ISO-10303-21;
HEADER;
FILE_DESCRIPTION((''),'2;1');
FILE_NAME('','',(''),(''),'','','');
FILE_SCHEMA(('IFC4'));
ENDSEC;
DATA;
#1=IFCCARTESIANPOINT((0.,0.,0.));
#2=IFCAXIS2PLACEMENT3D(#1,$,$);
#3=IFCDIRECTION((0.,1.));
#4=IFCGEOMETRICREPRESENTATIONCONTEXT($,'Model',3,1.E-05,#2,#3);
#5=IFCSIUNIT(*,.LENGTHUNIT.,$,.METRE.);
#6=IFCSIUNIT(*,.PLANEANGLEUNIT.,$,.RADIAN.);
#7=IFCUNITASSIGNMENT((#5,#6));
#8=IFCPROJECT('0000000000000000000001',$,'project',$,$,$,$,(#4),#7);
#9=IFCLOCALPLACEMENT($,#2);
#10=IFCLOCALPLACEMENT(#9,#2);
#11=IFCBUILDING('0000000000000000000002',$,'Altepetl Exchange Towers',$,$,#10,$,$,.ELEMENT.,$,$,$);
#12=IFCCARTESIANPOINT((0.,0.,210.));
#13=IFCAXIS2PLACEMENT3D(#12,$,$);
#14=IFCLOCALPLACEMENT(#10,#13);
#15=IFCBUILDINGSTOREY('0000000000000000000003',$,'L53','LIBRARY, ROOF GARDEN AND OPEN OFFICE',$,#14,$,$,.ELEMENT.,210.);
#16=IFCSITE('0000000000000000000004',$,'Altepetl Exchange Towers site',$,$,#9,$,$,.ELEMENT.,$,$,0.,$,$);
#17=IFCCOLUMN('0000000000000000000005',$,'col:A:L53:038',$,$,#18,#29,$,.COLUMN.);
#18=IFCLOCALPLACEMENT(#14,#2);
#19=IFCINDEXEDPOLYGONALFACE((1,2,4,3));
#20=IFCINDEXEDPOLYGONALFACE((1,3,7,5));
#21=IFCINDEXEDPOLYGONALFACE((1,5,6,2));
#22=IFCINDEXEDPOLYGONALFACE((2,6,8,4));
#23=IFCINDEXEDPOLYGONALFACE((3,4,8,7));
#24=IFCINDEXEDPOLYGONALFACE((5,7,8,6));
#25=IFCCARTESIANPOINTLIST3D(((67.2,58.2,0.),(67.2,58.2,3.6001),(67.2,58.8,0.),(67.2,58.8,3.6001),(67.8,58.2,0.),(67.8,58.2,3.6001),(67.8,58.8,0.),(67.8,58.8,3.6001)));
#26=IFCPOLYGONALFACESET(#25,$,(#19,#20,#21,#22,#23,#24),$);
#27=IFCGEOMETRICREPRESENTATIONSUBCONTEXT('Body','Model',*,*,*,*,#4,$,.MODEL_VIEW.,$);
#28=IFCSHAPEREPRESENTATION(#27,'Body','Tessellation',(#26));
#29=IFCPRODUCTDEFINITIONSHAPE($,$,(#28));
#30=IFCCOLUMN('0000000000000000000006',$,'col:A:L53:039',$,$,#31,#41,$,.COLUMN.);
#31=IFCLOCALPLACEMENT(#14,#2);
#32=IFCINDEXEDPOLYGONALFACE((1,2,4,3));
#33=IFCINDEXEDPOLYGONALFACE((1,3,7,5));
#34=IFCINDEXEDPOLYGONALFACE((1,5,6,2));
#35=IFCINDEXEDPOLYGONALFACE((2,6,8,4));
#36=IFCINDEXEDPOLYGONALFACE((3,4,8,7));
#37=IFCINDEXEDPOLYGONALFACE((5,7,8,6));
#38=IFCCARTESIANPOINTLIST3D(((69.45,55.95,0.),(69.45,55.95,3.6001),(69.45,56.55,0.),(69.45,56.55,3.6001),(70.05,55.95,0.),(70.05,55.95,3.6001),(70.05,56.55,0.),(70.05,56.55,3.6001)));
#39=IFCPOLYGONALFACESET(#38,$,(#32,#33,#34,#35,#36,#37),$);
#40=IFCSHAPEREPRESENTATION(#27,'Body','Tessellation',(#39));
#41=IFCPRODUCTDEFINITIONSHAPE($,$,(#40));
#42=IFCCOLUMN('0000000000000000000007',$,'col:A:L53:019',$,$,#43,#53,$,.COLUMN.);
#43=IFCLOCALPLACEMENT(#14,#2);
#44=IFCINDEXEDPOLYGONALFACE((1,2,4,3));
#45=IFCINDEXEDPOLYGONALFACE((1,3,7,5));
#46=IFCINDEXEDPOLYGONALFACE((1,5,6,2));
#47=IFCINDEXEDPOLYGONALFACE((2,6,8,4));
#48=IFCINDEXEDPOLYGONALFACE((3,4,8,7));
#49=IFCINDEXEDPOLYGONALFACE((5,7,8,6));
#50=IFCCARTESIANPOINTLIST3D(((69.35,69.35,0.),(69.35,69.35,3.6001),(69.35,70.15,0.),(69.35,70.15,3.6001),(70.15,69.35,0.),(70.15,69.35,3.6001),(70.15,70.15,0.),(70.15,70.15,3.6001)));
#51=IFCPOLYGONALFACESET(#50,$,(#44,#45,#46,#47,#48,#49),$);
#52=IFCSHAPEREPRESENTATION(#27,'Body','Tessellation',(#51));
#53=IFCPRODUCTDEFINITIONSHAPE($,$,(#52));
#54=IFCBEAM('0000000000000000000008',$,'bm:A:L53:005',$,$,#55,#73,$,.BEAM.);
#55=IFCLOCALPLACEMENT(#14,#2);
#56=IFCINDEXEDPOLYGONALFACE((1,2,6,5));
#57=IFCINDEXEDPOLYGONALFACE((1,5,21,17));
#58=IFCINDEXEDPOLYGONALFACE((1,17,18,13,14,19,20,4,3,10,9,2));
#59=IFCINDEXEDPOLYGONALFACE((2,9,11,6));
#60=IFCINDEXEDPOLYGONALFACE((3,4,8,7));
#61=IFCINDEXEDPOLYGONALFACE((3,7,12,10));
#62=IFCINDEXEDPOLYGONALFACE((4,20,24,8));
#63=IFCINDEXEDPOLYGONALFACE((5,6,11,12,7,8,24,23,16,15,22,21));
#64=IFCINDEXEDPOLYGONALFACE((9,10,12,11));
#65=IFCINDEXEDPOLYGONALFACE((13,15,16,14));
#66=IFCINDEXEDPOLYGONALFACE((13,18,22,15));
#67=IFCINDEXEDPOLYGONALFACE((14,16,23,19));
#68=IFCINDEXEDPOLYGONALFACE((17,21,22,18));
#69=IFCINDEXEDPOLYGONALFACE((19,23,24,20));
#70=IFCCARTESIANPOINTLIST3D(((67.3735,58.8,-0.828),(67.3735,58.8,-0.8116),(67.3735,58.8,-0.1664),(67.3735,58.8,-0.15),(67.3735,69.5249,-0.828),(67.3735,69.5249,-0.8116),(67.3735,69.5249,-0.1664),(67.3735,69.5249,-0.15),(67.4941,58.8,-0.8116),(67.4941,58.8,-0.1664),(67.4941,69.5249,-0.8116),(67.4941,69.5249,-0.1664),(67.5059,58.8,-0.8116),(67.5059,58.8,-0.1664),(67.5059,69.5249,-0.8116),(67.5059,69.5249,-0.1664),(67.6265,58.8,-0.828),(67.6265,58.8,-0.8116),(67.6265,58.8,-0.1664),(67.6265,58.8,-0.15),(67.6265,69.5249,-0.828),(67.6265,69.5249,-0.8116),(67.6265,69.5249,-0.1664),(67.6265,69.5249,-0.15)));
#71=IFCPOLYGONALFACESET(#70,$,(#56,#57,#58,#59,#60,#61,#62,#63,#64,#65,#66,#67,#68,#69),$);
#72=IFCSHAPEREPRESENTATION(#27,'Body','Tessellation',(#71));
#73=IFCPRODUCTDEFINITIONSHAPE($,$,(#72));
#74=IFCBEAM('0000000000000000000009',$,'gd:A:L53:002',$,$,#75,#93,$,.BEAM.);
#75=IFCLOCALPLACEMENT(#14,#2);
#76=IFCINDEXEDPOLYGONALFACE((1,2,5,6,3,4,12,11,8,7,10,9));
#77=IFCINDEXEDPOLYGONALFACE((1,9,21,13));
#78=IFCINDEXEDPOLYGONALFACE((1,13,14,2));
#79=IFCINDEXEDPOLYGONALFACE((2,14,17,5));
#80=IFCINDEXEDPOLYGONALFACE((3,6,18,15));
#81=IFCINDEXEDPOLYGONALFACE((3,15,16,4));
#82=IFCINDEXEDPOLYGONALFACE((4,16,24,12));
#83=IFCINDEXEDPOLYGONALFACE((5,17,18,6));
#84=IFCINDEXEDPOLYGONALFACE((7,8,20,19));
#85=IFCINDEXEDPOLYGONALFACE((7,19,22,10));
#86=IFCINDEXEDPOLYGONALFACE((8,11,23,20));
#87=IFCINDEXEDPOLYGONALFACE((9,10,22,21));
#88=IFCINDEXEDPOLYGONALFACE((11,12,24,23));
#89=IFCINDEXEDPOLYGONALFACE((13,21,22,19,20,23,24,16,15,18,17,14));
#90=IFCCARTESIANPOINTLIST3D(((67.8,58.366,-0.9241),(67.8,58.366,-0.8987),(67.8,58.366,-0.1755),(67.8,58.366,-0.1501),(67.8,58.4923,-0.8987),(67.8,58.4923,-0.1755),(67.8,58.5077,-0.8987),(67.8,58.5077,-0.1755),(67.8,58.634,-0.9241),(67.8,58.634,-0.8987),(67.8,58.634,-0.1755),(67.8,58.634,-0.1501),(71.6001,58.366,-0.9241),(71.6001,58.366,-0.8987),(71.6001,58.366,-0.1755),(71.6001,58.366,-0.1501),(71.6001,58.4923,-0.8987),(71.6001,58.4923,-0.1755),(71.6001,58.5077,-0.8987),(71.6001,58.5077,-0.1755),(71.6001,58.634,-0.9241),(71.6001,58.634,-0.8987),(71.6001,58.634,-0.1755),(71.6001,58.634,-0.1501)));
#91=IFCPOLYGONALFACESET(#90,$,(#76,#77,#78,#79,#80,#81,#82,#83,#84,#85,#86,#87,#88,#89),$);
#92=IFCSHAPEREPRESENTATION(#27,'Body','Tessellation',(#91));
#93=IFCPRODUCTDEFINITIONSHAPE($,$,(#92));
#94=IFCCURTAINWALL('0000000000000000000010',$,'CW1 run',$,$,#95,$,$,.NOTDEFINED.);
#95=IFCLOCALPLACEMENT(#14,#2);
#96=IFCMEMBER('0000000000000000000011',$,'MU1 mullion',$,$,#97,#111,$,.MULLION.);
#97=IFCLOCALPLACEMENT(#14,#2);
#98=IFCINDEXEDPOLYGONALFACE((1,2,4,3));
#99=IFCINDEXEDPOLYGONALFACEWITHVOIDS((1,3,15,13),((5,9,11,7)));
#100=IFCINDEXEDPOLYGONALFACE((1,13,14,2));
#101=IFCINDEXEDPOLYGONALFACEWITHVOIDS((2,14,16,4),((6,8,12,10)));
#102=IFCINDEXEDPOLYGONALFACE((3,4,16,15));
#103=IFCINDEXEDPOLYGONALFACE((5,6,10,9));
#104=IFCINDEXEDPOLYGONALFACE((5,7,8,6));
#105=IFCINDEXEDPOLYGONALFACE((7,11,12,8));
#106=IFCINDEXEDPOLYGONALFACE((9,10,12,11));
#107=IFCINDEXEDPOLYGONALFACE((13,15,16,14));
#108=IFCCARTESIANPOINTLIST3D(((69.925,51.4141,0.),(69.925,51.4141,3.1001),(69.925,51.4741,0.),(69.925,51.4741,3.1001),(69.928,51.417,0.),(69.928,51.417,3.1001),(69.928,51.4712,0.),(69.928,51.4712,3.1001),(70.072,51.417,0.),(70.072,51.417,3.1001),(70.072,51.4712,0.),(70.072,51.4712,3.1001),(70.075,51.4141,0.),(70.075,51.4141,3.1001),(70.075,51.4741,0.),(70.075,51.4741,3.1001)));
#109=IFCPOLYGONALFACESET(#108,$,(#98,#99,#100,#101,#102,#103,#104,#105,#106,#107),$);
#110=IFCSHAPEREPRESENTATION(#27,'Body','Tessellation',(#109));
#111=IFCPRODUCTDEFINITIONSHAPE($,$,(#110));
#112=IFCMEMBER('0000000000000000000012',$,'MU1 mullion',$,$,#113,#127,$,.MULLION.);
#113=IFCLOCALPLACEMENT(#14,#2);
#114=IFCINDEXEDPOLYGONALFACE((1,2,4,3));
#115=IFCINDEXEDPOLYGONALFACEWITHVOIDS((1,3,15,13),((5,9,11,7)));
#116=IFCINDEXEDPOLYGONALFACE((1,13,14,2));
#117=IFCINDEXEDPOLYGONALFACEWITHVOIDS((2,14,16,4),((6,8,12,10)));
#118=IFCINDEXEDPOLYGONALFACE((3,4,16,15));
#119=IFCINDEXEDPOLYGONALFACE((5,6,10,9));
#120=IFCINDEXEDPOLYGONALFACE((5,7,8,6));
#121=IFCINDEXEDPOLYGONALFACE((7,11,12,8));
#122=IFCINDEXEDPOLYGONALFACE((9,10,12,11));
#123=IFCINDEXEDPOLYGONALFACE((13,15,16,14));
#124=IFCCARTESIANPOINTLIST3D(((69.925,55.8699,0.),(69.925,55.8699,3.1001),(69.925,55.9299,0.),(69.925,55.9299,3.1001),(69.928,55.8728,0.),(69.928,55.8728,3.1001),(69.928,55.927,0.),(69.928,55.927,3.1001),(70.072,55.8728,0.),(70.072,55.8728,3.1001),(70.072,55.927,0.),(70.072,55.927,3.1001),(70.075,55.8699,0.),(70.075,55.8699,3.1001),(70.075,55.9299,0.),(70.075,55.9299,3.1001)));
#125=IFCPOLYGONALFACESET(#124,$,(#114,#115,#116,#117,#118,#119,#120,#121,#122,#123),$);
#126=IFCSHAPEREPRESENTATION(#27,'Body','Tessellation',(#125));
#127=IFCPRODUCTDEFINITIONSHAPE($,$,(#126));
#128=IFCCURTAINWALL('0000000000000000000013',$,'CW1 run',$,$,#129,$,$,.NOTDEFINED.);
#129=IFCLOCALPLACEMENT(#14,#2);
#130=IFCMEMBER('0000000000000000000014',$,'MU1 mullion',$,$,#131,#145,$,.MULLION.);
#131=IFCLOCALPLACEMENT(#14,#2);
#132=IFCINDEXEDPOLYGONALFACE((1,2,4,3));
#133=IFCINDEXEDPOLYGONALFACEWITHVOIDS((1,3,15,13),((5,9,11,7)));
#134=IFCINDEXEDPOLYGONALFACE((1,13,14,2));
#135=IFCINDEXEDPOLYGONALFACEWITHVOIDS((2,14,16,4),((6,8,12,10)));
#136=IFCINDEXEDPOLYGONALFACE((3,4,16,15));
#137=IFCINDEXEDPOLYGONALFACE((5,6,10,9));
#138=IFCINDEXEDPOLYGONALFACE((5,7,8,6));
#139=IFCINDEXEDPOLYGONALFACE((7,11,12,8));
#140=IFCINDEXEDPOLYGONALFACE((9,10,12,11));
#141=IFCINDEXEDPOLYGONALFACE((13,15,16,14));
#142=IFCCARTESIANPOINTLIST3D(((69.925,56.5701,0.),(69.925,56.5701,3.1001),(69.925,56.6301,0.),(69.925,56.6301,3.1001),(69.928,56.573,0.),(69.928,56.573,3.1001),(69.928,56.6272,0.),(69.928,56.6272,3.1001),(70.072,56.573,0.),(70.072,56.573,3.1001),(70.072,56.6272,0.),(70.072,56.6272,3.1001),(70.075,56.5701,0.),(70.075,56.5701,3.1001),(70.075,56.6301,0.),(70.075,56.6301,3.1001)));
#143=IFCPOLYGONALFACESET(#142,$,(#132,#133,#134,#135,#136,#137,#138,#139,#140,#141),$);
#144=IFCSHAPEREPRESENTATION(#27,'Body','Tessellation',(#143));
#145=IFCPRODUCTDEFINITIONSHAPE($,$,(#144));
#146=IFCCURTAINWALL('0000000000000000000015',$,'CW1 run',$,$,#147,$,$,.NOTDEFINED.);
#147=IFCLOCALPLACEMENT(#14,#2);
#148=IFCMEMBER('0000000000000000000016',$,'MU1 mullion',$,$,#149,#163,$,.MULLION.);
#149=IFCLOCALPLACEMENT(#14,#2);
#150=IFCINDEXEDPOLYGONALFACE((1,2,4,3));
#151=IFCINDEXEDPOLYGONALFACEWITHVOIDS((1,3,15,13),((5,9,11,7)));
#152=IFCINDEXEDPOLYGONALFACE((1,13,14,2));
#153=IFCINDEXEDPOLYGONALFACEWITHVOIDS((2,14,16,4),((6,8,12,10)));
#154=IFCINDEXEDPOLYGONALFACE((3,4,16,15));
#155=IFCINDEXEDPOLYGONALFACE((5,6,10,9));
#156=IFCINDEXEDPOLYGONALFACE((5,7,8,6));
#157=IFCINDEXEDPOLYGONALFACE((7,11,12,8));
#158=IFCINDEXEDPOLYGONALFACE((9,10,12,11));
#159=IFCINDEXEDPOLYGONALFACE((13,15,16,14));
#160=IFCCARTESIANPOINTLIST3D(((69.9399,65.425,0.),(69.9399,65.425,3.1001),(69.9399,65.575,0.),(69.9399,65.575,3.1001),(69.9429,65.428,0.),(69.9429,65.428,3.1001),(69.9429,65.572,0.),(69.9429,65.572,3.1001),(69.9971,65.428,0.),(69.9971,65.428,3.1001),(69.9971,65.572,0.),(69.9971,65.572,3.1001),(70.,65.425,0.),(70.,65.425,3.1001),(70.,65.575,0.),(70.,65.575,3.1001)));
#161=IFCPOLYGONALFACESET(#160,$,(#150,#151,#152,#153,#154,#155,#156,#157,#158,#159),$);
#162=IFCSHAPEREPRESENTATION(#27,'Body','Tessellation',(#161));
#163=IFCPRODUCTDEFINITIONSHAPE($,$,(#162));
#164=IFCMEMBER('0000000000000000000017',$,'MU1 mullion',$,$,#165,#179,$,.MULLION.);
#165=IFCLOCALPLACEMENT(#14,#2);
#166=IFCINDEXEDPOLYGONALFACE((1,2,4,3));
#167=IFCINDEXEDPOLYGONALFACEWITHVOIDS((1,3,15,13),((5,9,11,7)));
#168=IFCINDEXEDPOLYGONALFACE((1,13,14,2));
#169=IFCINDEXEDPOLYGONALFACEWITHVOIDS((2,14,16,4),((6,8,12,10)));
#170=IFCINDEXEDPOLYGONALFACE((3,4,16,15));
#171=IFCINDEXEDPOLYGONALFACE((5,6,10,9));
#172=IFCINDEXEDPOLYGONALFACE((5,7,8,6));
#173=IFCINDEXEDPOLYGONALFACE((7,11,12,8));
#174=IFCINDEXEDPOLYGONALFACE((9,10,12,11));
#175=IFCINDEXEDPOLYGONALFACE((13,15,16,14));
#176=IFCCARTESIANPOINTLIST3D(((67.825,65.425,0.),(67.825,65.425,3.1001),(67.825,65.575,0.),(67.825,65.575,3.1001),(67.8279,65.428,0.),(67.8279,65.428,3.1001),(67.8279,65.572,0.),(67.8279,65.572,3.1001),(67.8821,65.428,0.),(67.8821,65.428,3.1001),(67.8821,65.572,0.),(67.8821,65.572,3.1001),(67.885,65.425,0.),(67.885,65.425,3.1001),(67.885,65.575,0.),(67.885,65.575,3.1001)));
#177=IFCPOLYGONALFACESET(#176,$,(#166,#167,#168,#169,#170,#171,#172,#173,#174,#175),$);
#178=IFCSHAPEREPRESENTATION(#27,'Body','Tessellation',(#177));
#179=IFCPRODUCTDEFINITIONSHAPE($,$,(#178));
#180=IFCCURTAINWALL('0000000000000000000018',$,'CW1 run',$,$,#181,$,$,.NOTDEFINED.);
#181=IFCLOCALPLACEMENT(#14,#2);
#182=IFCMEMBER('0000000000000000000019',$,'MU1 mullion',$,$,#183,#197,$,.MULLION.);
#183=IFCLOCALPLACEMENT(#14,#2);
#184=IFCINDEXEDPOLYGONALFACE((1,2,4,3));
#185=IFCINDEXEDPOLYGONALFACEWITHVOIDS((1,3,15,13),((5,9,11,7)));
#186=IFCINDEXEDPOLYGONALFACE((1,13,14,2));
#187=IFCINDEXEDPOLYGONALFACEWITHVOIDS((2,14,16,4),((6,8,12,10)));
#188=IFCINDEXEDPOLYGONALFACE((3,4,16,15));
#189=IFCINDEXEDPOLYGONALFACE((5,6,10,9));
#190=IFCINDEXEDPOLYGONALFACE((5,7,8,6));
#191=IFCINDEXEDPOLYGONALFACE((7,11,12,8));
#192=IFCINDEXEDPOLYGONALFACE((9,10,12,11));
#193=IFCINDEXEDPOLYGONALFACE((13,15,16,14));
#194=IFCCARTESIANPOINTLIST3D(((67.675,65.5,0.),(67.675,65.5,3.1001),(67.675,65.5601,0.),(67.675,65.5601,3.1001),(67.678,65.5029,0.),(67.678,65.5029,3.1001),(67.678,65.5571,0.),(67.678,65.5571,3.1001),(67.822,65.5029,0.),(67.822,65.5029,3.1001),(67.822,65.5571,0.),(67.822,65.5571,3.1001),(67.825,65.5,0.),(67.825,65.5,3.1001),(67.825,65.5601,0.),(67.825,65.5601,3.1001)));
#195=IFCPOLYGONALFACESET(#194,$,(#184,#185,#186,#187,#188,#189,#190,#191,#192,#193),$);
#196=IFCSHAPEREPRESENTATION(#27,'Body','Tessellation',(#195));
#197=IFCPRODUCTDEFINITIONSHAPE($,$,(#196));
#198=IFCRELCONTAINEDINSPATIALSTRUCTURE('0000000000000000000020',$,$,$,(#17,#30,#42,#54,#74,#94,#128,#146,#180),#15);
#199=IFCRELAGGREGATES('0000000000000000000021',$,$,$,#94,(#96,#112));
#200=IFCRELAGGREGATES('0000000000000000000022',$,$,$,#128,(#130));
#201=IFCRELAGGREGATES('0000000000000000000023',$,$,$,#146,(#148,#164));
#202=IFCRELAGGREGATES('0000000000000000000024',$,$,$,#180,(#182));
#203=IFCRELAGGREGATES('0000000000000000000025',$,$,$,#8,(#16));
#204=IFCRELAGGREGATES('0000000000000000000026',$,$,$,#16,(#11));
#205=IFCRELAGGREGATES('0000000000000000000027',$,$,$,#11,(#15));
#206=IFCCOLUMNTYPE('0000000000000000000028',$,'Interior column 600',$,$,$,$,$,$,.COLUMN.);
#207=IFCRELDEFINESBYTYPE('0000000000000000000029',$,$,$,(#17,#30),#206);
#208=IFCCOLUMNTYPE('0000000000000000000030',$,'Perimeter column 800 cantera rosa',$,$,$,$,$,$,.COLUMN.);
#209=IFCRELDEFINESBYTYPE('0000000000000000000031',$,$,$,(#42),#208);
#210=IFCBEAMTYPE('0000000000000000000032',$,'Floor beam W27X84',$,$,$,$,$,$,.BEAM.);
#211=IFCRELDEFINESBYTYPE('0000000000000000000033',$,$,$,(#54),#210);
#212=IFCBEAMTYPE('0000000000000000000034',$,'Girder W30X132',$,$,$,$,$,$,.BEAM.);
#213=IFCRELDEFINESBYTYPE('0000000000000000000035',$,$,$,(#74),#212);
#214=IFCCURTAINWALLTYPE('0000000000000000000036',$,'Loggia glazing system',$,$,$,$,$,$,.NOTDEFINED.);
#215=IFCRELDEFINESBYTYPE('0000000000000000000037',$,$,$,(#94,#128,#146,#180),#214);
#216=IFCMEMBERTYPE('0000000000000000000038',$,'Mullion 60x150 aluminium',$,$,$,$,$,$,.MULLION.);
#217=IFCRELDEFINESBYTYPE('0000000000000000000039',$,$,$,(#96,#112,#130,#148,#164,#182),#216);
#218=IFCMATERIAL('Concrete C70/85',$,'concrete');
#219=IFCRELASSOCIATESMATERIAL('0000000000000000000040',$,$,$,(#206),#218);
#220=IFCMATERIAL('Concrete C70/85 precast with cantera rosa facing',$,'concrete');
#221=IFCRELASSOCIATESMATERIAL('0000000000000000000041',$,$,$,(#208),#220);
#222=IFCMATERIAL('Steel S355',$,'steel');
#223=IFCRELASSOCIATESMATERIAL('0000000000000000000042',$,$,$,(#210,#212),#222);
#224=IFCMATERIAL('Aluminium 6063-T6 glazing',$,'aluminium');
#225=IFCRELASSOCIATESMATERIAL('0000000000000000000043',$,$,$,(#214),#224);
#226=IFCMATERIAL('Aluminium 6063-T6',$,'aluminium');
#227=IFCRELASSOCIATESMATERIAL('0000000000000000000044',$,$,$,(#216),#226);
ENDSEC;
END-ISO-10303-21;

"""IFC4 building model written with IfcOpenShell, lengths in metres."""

from ifc_helpers import new_model, si_unit, direction, frame, origin, origin_2d, place, context, subcontext, project, spatial, rectangle, hollow_rectangle, i_section, extrude, material, material_profile, profile_set, type_object, element, aggregate, save


model = new_model("IFC4")

# Units and contexts
model_context = context("Model", 3, precision=1e-05, world=origin(), true_north=direction((0.0, 1.0)))
body_context = subcontext(model_context, "Body", "Model", "MODEL_VIEW")
ifc_project = project(units=[si_unit("LENGTHUNIT", "METRE"), si_unit("PLANEANGLEUNIT", "RADIAN")], contexts=[model_context])

# Site, building, storey
site_placement = place(None, origin())
site = spatial("IfcSite", under=ifc_project, at=site_placement, Name="Altepetl Exchange Towers site", CompositionType="ELEMENT", RefElevation=0.0)
building_placement = place(site_placement, origin())
building = spatial("IfcBuilding", under=site, at=building_placement, Name="Altepetl Exchange Towers", CompositionType="ELEMENT")
storey_placement = place(building_placement, frame((0.0, 0.0, 210.0)))
storey = spatial("IfcBuildingStorey", under=building, at=storey_placement, Name="L53", Description="LIBRARY, ROOF GARDEN AND OPEN OFFICE", CompositionType="ELEMENT", Elevation=210.0)

# Columns
ifc_material_1 = material(Name="Concrete C70/85", Category="concrete")
ifc_material_profile_1 = material_profile(ifc_material_1, rectangle(XDim=0.6001, YDim=0.6001, at=origin_2d()), Name="600 x 600")
ifc_profile_set_1 = profile_set([ifc_material_profile_1], Name="Concrete C70/85")
column_type_1 = type_object("IfcColumnType", Name="Interior column 600", PredefinedType="COLUMN", material=ifc_profile_set_1)
for number, where, name in (
    (1, (67.5, 58.5, 0.0), "col:A:L53:038"),
    (2, (69.75, 56.25, 0.0), "col:A:L53:039"),
):
    element("IfcColumn", number, at=place(storey_placement, frame(where)), inside=storey, type_object=column_type_1, Name=name, PredefinedType="COLUMN", context=body_context, shape_type="SweptSolid", body=[
        extrude(rectangle(XDim=0.6001, YDim=0.6001, at=origin_2d()), origin(), (0.0, 0.0, 1.0), 3.6001),
    ])
ifc_material_2 = material(Name="Concrete C70/85 precast with cantera rosa facing", Category="concrete")
ifc_material_profile_2 = material_profile(ifc_material_2, rectangle(XDim=0.8, YDim=0.8, at=origin_2d()), Name="800 x 800")
ifc_profile_set_2 = profile_set([ifc_material_profile_2], Name="Concrete C70/85 precast with cantera rosa facing")
column_type_2 = type_object("IfcColumnType", Name="Perimeter column 800 cantera rosa", PredefinedType="COLUMN", material=ifc_profile_set_2)
column_placement = place(storey_placement, frame((69.75, 69.75, 0.0)))
element("IfcColumn", 3, at=column_placement, inside=storey, type_object=column_type_2, Name="col:A:L53:019", PredefinedType="COLUMN", context=body_context, shape_type="SweptSolid", body=[
    extrude(rectangle(XDim=0.8, YDim=0.8, at=origin_2d()), origin(), (0.0, 0.0, 1.0), 3.6001),
])

# Beams
ifc_material_3 = material(Name="Steel S355", Category="steel")
ifc_material_profile_3 = material_profile(ifc_material_3, i_section(OverallWidth=0.2529, OverallDepth=0.678, WebThickness=0.0117, FlangeThickness=0.0164, at=origin_2d()), Name="W27X84")
ifc_profile_set_3 = profile_set([ifc_material_profile_3], Name="Steel S355")
beam_type_1 = type_object("IfcBeamType", Name="Floor beam W27X84", PredefinedType="BEAM", material=ifc_profile_set_3)
beam_1_placement = place(storey_placement, frame((67.5, 58.8, -0.489), z_axis=(0.0, 1.0, 0.0), x_axis=(-1.0, 0.0, 0.0)))
element("IfcBeam", 4, at=beam_1_placement, inside=storey, type_object=beam_type_1, Name="bm:A:L53:005", PredefinedType="BEAM", context=body_context, shape_type="SweptSolid", body=[
    extrude(i_section(OverallWidth=0.2529, OverallDepth=0.678, WebThickness=0.0117, FlangeThickness=0.0164, at=origin_2d()), origin(), (0.0, 0.0, 1.0), 10.7249),
])
ifc_material_profile_4 = material_profile(ifc_material_3, i_section(OverallWidth=0.2681, OverallDepth=0.7739, WebThickness=0.0154, FlangeThickness=0.0254, at=origin_2d()), Name="W30X132")
ifc_profile_set_4 = profile_set([ifc_material_profile_4], Name="Steel S355")
beam_type_2 = type_object("IfcBeamType", Name="Girder W30X132", PredefinedType="BEAM", material=ifc_profile_set_4)
beam_2_placement = place(storey_placement, frame((67.8, 58.5, -0.5371), z_axis=(1.0, 0.0, 0.0), x_axis=(0.0, 1.0, 0.0)))
element("IfcBeam", 5, at=beam_2_placement, inside=storey, type_object=beam_type_2, Name="gd:A:L53:002", PredefinedType="BEAM", context=body_context, shape_type="SweptSolid", body=[
    extrude(i_section(OverallWidth=0.2681, OverallDepth=0.7739, WebThickness=0.0154, FlangeThickness=0.0254, at=origin_2d()), origin(), (0.0, 0.0, 1.0), 3.8),
])

# Curtain wall, members
ifc_material_4 = material(Name="Aluminium 6063-T6 glazing", Category="aluminium")
curtain_wall_type = type_object("IfcCurtainWallType", Name="Loggia glazing system", PredefinedType="NOTDEFINED", material=ifc_material_4)
curtain_wall_1_placement = place(storey_placement, origin())
curtain_wall_1 = element("IfcCurtainWall", 6, at=curtain_wall_1_placement, inside=storey, type_object=curtain_wall_type, Name="CW1 run", PredefinedType="NOTDEFINED")
ifc_material_5 = material(Name="Aluminium 6063-T6", Category="aluminium")
ifc_material_profile_5 = material_profile(ifc_material_5, hollow_rectangle(XDim=0.0601, YDim=0.1499, WallThickness=0.0029, at=origin_2d()), Name="Mullion 60x150 aluminium")
ifc_profile_set_5 = profile_set([ifc_material_profile_5], Name="Aluminium 6063-T6")
member_type = type_object("IfcMemberType", Name="Mullion 60x150 aluminium", PredefinedType="MULLION", material=ifc_profile_set_5)
member_1_placement = place(storey_placement, frame((70.0, 51.4441, 0.0), z_axis=(0.0, 0.0, 1.0), x_axis=(0.0, 1.0, 0.0)))
member_1 = element("IfcMember", 7, at=member_1_placement, type_object=member_type, Name="MU1 mullion", PredefinedType="MULLION", context=body_context, shape_type="SweptSolid", body=[
    extrude(hollow_rectangle(XDim=0.0601, YDim=0.1499, WallThickness=0.0029, at=origin_2d()), origin(), (0.0, 0.0, 1.0), 3.1001),
])
member_2_placement = place(storey_placement, frame((70.0, 55.8999, 0.0), z_axis=(0.0, 0.0, 1.0), x_axis=(0.0, 1.0, 0.0)))
member_2 = element("IfcMember", 8, at=member_2_placement, type_object=member_type, Name="MU1 mullion", PredefinedType="MULLION", context=body_context, shape_type="SweptSolid", body=[
    extrude(hollow_rectangle(XDim=0.0601, YDim=0.1499, WallThickness=0.0029, at=origin_2d()), origin(), (0.0, 0.0, 1.0), 3.1001),
])

# Curtain wall, member
curtain_wall_2_placement = place(storey_placement, origin())
curtain_wall_2 = element("IfcCurtainWall", 9, at=curtain_wall_2_placement, inside=storey, type_object=curtain_wall_type, Name="CW1 run", PredefinedType="NOTDEFINED")
member_3_placement = place(storey_placement, frame((70.0, 56.6001, 0.0), z_axis=(0.0, 0.0, 1.0), x_axis=(0.0, 1.0, 0.0)))
member_3 = element("IfcMember", 10, at=member_3_placement, type_object=member_type, Name="MU1 mullion", PredefinedType="MULLION", context=body_context, shape_type="SweptSolid", body=[
    extrude(hollow_rectangle(XDim=0.0601, YDim=0.1499, WallThickness=0.0029, at=origin_2d()), origin(), (0.0, 0.0, 1.0), 3.1001),
])

# Curtain walls, members
curtain_wall_3_placement = place(storey_placement, origin())
curtain_wall_3 = element("IfcCurtainWall", 11, at=curtain_wall_3_placement, inside=storey, type_object=curtain_wall_type, Name="CW1 run", PredefinedType="NOTDEFINED")
member_4_placement = place(storey_placement, frame((69.97, 65.5, 0.0), z_axis=(0.0, 0.0, 1.0), x_axis=(-1.0, 0.0, 0.0)))
member_4 = element("IfcMember", 12, at=member_4_placement, type_object=member_type, Name="MU1 mullion", PredefinedType="MULLION", context=body_context, shape_type="SweptSolid", body=[
    extrude(hollow_rectangle(XDim=0.0601, YDim=0.1499, WallThickness=0.0029, at=origin_2d()), origin(), (0.0, 0.0, 1.0), 3.1001),
])
member_5_placement = place(storey_placement, frame((67.855, 65.5, 0.0), z_axis=(0.0, 0.0, 1.0), x_axis=(-1.0, 0.0, 0.0)))
member_5 = element("IfcMember", 13, at=member_5_placement, type_object=member_type, Name="MU1 mullion", PredefinedType="MULLION", context=body_context, shape_type="SweptSolid", body=[
    extrude(hollow_rectangle(XDim=0.0601, YDim=0.1499, WallThickness=0.0029, at=origin_2d()), origin(), (0.0, 0.0, 1.0), 3.1001),
])
curtain_wall_4_placement = place(storey_placement, origin())
curtain_wall_4 = element("IfcCurtainWall", 14, at=curtain_wall_4_placement, inside=storey, type_object=curtain_wall_type, Name="CW1 run", PredefinedType="NOTDEFINED")
member_6_placement = place(storey_placement, frame((67.75, 65.53, 0.0), z_axis=(0.0, 0.0, 1.0), x_axis=(0.0, 1.0, 0.0)))
member_6 = element("IfcMember", 15, at=member_6_placement, type_object=member_type, Name="MU1 mullion", PredefinedType="MULLION", context=body_context, shape_type="SweptSolid", body=[
    extrude(hollow_rectangle(XDim=0.0601, YDim=0.1499, WallThickness=0.0029, at=origin_2d()), origin(), (0.0, 0.0, 1.0), 3.1001),
])

aggregate(curtain_wall_1, [member_1, member_2])
aggregate(curtain_wall_2, [member_3])
aggregate(curtain_wall_3, [member_4, member_5])
aggregate(curtain_wall_4, [member_6])

save(model, "model.ifc")
